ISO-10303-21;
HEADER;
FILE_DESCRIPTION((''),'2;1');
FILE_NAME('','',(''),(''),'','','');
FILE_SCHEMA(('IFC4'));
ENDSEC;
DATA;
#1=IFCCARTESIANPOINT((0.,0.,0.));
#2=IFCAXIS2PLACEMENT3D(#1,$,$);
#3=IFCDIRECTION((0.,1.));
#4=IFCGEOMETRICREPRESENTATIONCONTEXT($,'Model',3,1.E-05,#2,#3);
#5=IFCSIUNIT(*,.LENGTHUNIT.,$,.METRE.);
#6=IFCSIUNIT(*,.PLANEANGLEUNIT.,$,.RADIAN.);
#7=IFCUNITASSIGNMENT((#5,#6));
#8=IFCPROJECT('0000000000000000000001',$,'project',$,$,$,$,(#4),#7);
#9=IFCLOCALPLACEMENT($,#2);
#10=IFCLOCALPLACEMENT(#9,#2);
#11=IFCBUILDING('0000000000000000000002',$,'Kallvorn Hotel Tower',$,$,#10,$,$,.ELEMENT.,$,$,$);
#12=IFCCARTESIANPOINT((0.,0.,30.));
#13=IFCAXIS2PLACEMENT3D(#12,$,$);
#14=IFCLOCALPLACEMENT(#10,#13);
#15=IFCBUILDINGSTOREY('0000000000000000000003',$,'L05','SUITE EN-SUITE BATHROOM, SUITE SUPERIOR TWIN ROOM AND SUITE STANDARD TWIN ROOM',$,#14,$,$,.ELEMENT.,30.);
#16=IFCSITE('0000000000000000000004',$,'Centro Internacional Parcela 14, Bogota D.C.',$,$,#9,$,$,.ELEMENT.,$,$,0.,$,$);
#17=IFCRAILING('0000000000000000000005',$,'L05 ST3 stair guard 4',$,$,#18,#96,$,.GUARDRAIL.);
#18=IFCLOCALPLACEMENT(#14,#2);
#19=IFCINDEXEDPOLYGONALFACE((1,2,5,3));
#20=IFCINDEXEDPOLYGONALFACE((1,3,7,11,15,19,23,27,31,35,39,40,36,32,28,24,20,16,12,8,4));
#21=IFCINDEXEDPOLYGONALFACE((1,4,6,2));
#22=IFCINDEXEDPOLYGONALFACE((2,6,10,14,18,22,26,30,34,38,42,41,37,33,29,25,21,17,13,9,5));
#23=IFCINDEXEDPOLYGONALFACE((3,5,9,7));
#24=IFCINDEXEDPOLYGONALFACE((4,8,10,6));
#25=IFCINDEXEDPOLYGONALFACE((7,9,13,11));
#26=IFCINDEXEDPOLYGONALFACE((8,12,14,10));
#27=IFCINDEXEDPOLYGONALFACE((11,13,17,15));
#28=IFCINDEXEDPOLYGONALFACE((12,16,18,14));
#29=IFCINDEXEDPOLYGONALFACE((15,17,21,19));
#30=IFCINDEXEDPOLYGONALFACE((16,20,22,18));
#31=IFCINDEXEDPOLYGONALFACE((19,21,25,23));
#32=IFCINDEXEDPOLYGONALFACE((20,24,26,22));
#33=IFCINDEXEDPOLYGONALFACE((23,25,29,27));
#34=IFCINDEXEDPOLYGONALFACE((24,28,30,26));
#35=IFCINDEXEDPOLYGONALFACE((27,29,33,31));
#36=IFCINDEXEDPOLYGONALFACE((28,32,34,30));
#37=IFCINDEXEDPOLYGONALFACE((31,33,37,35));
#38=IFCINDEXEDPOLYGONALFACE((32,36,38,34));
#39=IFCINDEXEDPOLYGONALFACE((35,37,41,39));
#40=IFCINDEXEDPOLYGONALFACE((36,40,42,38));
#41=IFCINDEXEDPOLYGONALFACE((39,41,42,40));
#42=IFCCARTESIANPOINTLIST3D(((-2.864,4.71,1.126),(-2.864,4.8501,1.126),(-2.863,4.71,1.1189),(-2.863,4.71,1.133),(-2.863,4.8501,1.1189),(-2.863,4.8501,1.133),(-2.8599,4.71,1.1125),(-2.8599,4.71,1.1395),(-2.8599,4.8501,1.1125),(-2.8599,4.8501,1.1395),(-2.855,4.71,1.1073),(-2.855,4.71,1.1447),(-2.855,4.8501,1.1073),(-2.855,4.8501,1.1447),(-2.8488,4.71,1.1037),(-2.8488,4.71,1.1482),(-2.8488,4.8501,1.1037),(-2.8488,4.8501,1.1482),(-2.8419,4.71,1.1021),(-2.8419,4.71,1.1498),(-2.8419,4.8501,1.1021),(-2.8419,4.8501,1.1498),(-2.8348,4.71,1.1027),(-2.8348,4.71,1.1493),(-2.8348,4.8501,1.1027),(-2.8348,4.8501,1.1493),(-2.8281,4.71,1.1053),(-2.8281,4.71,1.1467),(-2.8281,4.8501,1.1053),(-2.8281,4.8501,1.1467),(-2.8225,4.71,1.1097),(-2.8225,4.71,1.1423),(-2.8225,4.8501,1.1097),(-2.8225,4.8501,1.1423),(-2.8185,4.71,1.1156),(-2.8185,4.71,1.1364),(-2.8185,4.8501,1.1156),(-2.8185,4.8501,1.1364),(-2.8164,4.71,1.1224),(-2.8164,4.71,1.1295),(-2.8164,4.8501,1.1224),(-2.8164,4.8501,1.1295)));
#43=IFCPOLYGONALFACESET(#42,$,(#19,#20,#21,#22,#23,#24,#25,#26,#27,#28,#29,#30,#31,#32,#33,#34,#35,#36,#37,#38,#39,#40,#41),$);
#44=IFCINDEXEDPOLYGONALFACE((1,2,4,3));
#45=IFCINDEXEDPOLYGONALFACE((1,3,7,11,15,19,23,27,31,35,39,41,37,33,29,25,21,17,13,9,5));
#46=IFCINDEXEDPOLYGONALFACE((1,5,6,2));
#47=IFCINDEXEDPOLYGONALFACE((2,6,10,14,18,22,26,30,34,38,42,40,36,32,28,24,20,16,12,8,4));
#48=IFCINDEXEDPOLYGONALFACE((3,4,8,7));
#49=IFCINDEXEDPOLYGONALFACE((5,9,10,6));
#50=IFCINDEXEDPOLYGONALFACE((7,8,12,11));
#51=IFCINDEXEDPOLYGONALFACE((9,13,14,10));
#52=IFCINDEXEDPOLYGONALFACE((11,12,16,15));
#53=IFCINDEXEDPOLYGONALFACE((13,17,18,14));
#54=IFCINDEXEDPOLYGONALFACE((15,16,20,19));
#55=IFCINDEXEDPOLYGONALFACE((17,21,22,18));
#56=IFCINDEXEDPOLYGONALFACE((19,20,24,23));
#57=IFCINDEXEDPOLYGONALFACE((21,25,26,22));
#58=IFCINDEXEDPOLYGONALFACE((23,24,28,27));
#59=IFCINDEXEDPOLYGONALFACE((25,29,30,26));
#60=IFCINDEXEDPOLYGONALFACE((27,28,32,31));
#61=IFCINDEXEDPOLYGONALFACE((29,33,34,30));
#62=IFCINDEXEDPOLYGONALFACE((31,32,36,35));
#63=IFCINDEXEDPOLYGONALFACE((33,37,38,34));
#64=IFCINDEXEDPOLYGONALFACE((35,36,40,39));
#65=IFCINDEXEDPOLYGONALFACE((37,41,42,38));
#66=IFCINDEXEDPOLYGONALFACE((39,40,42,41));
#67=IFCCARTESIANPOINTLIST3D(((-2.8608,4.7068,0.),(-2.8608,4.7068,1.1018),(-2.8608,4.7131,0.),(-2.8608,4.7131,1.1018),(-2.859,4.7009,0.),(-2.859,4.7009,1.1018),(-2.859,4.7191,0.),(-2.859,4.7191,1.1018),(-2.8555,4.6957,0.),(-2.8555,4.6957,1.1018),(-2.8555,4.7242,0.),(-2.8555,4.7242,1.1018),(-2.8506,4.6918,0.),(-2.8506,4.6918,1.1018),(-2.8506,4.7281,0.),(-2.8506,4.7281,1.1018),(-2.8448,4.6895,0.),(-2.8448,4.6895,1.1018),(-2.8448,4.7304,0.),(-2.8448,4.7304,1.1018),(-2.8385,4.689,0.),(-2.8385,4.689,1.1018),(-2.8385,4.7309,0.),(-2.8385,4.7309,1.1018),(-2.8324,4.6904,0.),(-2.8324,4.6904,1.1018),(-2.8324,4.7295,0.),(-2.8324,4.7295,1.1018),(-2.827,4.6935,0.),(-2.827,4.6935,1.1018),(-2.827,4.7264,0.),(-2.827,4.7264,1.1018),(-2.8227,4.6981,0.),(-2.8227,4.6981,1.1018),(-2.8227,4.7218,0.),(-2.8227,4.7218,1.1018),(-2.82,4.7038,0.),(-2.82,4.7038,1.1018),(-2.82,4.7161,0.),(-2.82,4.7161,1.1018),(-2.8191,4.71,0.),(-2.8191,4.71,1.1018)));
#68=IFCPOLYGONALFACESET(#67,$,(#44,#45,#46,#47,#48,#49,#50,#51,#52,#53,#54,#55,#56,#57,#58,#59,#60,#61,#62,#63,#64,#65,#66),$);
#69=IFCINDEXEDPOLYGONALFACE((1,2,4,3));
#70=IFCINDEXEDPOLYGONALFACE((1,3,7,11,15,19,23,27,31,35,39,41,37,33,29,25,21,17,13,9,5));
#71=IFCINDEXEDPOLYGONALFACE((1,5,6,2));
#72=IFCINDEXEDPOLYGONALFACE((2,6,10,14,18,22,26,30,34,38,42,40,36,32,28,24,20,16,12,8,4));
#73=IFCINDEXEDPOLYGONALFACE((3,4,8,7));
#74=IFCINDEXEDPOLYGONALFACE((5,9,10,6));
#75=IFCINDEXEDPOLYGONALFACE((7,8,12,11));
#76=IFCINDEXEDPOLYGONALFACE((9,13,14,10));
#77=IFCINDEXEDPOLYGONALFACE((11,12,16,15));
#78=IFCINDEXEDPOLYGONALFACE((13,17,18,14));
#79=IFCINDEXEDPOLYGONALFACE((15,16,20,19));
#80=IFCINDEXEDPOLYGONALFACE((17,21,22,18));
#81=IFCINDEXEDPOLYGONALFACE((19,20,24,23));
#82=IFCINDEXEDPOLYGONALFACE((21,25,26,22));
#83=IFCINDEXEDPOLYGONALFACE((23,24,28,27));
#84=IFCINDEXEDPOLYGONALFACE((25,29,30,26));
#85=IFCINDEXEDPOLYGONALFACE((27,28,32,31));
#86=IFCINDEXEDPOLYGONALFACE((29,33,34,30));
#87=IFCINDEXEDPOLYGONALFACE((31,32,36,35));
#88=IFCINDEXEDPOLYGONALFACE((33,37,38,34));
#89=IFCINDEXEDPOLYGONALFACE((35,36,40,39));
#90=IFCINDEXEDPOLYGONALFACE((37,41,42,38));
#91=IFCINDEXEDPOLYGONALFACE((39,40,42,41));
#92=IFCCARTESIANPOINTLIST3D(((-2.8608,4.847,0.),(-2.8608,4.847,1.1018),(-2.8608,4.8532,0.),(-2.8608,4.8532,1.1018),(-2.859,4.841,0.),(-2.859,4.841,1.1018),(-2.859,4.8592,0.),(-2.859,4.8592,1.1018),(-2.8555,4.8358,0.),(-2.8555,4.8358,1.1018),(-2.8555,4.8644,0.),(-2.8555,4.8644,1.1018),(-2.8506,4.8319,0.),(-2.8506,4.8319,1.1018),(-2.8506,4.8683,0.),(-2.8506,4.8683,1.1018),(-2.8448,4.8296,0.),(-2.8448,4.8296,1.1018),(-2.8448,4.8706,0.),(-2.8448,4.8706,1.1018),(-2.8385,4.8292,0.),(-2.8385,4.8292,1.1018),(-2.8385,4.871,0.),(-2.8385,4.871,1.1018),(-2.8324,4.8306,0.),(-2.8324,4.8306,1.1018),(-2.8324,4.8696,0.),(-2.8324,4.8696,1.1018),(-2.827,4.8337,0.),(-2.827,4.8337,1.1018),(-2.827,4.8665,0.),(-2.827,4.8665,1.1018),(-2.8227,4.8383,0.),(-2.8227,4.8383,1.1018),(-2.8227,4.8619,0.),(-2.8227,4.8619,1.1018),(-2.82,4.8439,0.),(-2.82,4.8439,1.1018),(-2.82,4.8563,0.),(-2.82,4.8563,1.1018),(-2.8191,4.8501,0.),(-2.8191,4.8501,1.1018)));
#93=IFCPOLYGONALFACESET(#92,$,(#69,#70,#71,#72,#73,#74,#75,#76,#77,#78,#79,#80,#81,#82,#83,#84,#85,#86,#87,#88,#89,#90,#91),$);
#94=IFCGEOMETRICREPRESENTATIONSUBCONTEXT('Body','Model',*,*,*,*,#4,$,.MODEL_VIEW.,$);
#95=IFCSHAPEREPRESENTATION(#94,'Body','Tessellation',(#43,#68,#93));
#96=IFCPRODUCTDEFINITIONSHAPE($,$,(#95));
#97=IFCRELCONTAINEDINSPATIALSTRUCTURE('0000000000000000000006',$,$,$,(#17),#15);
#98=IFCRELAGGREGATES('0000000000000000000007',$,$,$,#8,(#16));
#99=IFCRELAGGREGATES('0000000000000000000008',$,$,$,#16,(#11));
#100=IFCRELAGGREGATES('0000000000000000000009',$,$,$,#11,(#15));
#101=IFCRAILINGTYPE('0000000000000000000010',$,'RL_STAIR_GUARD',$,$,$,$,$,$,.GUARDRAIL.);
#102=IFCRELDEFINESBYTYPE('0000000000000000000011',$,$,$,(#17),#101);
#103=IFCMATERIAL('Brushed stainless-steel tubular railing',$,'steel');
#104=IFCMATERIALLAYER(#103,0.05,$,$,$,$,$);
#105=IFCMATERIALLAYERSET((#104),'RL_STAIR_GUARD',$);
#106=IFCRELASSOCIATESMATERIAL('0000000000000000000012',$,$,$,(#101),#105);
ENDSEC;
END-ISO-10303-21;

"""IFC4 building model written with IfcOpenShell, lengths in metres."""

from ifc_helpers import new_model, si_unit, direction, frame, origin, origin_2d, place, context, subcontext, project, spatial, circle, extrude, material, layer, layer_set, type_object, element, save


model = new_model("IFC4")

# Units and contexts
model_context = context("Model", 3, precision=1e-05, world=origin(), true_north=direction((0.0, 1.0)))
body_context = subcontext(model_context, "Body", "Model", "MODEL_VIEW")
ifc_project = project(units=[si_unit("LENGTHUNIT", "METRE"), si_unit("PLANEANGLEUNIT", "RADIAN")], contexts=[model_context])

# Site, building, storey
site_placement = place(None, origin())
site = spatial("IfcSite", under=ifc_project, at=site_placement, Name="Centro Internacional Parcela 14, Bogota D.C.", CompositionType="ELEMENT", RefElevation=0.0)
building_placement = place(site_placement, origin())
building = spatial("IfcBuilding", under=site, at=building_placement, Name="Kallvorn Hotel Tower", CompositionType="ELEMENT")
storey_placement = place(building_placement, frame((0.0, 0.0, 30.0)))
storey = spatial("IfcBuildingStorey", under=building, at=storey_placement, Name="L05", Description="SUITE EN-SUITE BATHROOM, SUITE SUPERIOR TWIN ROOM AND SUITE STANDARD TWIN ROOM", CompositionType="ELEMENT", Elevation=30.0)

# Railing
ifc_material_1 = material(Name="Brushed stainless-steel tubular railing", Category="steel")
ifc_layer_1 = layer(ifc_material_1, 0.05)
ifc_layer_set_1 = layer_set([ifc_layer_1], Name="RL_STAIR_GUARD")
railing_type_1 = type_object("IfcRailingType", Name="RL_STAIR_GUARD", PredefinedType="GUARDRAIL", material=ifc_layer_set_1)
railing_1_placement = place(storey_placement, frame((-2.8401, 4.71, 0.0)))
element("IfcRailing", 1, at=railing_1_placement, inside=storey, type_object=railing_type_1, Name="L05 ST3 stair guard 4", PredefinedType="GUARDRAIL", context=body_context, shape_type="SweptSolid", body=[
    extrude(circle(Radius=0.0239, at=origin_2d()), frame((0.0, 0.0, 1.126), z_axis=(0.0, 1.0, 0.0), x_axis=(-1.0, 0.0, 0.0)), (0.0, 0.0, 1.0), 0.1401),
    extrude(circle(Radius=0.021, at=origin_2d()), origin(), (0.0, 0.0, 1.0), 1.1018),
    extrude(circle(Radius=0.021, at=origin_2d()), frame((0.0, 0.1401, 0.0)), (0.0, 0.0, 1.0), 1.1018),
])

save(model, "model.ifc")
